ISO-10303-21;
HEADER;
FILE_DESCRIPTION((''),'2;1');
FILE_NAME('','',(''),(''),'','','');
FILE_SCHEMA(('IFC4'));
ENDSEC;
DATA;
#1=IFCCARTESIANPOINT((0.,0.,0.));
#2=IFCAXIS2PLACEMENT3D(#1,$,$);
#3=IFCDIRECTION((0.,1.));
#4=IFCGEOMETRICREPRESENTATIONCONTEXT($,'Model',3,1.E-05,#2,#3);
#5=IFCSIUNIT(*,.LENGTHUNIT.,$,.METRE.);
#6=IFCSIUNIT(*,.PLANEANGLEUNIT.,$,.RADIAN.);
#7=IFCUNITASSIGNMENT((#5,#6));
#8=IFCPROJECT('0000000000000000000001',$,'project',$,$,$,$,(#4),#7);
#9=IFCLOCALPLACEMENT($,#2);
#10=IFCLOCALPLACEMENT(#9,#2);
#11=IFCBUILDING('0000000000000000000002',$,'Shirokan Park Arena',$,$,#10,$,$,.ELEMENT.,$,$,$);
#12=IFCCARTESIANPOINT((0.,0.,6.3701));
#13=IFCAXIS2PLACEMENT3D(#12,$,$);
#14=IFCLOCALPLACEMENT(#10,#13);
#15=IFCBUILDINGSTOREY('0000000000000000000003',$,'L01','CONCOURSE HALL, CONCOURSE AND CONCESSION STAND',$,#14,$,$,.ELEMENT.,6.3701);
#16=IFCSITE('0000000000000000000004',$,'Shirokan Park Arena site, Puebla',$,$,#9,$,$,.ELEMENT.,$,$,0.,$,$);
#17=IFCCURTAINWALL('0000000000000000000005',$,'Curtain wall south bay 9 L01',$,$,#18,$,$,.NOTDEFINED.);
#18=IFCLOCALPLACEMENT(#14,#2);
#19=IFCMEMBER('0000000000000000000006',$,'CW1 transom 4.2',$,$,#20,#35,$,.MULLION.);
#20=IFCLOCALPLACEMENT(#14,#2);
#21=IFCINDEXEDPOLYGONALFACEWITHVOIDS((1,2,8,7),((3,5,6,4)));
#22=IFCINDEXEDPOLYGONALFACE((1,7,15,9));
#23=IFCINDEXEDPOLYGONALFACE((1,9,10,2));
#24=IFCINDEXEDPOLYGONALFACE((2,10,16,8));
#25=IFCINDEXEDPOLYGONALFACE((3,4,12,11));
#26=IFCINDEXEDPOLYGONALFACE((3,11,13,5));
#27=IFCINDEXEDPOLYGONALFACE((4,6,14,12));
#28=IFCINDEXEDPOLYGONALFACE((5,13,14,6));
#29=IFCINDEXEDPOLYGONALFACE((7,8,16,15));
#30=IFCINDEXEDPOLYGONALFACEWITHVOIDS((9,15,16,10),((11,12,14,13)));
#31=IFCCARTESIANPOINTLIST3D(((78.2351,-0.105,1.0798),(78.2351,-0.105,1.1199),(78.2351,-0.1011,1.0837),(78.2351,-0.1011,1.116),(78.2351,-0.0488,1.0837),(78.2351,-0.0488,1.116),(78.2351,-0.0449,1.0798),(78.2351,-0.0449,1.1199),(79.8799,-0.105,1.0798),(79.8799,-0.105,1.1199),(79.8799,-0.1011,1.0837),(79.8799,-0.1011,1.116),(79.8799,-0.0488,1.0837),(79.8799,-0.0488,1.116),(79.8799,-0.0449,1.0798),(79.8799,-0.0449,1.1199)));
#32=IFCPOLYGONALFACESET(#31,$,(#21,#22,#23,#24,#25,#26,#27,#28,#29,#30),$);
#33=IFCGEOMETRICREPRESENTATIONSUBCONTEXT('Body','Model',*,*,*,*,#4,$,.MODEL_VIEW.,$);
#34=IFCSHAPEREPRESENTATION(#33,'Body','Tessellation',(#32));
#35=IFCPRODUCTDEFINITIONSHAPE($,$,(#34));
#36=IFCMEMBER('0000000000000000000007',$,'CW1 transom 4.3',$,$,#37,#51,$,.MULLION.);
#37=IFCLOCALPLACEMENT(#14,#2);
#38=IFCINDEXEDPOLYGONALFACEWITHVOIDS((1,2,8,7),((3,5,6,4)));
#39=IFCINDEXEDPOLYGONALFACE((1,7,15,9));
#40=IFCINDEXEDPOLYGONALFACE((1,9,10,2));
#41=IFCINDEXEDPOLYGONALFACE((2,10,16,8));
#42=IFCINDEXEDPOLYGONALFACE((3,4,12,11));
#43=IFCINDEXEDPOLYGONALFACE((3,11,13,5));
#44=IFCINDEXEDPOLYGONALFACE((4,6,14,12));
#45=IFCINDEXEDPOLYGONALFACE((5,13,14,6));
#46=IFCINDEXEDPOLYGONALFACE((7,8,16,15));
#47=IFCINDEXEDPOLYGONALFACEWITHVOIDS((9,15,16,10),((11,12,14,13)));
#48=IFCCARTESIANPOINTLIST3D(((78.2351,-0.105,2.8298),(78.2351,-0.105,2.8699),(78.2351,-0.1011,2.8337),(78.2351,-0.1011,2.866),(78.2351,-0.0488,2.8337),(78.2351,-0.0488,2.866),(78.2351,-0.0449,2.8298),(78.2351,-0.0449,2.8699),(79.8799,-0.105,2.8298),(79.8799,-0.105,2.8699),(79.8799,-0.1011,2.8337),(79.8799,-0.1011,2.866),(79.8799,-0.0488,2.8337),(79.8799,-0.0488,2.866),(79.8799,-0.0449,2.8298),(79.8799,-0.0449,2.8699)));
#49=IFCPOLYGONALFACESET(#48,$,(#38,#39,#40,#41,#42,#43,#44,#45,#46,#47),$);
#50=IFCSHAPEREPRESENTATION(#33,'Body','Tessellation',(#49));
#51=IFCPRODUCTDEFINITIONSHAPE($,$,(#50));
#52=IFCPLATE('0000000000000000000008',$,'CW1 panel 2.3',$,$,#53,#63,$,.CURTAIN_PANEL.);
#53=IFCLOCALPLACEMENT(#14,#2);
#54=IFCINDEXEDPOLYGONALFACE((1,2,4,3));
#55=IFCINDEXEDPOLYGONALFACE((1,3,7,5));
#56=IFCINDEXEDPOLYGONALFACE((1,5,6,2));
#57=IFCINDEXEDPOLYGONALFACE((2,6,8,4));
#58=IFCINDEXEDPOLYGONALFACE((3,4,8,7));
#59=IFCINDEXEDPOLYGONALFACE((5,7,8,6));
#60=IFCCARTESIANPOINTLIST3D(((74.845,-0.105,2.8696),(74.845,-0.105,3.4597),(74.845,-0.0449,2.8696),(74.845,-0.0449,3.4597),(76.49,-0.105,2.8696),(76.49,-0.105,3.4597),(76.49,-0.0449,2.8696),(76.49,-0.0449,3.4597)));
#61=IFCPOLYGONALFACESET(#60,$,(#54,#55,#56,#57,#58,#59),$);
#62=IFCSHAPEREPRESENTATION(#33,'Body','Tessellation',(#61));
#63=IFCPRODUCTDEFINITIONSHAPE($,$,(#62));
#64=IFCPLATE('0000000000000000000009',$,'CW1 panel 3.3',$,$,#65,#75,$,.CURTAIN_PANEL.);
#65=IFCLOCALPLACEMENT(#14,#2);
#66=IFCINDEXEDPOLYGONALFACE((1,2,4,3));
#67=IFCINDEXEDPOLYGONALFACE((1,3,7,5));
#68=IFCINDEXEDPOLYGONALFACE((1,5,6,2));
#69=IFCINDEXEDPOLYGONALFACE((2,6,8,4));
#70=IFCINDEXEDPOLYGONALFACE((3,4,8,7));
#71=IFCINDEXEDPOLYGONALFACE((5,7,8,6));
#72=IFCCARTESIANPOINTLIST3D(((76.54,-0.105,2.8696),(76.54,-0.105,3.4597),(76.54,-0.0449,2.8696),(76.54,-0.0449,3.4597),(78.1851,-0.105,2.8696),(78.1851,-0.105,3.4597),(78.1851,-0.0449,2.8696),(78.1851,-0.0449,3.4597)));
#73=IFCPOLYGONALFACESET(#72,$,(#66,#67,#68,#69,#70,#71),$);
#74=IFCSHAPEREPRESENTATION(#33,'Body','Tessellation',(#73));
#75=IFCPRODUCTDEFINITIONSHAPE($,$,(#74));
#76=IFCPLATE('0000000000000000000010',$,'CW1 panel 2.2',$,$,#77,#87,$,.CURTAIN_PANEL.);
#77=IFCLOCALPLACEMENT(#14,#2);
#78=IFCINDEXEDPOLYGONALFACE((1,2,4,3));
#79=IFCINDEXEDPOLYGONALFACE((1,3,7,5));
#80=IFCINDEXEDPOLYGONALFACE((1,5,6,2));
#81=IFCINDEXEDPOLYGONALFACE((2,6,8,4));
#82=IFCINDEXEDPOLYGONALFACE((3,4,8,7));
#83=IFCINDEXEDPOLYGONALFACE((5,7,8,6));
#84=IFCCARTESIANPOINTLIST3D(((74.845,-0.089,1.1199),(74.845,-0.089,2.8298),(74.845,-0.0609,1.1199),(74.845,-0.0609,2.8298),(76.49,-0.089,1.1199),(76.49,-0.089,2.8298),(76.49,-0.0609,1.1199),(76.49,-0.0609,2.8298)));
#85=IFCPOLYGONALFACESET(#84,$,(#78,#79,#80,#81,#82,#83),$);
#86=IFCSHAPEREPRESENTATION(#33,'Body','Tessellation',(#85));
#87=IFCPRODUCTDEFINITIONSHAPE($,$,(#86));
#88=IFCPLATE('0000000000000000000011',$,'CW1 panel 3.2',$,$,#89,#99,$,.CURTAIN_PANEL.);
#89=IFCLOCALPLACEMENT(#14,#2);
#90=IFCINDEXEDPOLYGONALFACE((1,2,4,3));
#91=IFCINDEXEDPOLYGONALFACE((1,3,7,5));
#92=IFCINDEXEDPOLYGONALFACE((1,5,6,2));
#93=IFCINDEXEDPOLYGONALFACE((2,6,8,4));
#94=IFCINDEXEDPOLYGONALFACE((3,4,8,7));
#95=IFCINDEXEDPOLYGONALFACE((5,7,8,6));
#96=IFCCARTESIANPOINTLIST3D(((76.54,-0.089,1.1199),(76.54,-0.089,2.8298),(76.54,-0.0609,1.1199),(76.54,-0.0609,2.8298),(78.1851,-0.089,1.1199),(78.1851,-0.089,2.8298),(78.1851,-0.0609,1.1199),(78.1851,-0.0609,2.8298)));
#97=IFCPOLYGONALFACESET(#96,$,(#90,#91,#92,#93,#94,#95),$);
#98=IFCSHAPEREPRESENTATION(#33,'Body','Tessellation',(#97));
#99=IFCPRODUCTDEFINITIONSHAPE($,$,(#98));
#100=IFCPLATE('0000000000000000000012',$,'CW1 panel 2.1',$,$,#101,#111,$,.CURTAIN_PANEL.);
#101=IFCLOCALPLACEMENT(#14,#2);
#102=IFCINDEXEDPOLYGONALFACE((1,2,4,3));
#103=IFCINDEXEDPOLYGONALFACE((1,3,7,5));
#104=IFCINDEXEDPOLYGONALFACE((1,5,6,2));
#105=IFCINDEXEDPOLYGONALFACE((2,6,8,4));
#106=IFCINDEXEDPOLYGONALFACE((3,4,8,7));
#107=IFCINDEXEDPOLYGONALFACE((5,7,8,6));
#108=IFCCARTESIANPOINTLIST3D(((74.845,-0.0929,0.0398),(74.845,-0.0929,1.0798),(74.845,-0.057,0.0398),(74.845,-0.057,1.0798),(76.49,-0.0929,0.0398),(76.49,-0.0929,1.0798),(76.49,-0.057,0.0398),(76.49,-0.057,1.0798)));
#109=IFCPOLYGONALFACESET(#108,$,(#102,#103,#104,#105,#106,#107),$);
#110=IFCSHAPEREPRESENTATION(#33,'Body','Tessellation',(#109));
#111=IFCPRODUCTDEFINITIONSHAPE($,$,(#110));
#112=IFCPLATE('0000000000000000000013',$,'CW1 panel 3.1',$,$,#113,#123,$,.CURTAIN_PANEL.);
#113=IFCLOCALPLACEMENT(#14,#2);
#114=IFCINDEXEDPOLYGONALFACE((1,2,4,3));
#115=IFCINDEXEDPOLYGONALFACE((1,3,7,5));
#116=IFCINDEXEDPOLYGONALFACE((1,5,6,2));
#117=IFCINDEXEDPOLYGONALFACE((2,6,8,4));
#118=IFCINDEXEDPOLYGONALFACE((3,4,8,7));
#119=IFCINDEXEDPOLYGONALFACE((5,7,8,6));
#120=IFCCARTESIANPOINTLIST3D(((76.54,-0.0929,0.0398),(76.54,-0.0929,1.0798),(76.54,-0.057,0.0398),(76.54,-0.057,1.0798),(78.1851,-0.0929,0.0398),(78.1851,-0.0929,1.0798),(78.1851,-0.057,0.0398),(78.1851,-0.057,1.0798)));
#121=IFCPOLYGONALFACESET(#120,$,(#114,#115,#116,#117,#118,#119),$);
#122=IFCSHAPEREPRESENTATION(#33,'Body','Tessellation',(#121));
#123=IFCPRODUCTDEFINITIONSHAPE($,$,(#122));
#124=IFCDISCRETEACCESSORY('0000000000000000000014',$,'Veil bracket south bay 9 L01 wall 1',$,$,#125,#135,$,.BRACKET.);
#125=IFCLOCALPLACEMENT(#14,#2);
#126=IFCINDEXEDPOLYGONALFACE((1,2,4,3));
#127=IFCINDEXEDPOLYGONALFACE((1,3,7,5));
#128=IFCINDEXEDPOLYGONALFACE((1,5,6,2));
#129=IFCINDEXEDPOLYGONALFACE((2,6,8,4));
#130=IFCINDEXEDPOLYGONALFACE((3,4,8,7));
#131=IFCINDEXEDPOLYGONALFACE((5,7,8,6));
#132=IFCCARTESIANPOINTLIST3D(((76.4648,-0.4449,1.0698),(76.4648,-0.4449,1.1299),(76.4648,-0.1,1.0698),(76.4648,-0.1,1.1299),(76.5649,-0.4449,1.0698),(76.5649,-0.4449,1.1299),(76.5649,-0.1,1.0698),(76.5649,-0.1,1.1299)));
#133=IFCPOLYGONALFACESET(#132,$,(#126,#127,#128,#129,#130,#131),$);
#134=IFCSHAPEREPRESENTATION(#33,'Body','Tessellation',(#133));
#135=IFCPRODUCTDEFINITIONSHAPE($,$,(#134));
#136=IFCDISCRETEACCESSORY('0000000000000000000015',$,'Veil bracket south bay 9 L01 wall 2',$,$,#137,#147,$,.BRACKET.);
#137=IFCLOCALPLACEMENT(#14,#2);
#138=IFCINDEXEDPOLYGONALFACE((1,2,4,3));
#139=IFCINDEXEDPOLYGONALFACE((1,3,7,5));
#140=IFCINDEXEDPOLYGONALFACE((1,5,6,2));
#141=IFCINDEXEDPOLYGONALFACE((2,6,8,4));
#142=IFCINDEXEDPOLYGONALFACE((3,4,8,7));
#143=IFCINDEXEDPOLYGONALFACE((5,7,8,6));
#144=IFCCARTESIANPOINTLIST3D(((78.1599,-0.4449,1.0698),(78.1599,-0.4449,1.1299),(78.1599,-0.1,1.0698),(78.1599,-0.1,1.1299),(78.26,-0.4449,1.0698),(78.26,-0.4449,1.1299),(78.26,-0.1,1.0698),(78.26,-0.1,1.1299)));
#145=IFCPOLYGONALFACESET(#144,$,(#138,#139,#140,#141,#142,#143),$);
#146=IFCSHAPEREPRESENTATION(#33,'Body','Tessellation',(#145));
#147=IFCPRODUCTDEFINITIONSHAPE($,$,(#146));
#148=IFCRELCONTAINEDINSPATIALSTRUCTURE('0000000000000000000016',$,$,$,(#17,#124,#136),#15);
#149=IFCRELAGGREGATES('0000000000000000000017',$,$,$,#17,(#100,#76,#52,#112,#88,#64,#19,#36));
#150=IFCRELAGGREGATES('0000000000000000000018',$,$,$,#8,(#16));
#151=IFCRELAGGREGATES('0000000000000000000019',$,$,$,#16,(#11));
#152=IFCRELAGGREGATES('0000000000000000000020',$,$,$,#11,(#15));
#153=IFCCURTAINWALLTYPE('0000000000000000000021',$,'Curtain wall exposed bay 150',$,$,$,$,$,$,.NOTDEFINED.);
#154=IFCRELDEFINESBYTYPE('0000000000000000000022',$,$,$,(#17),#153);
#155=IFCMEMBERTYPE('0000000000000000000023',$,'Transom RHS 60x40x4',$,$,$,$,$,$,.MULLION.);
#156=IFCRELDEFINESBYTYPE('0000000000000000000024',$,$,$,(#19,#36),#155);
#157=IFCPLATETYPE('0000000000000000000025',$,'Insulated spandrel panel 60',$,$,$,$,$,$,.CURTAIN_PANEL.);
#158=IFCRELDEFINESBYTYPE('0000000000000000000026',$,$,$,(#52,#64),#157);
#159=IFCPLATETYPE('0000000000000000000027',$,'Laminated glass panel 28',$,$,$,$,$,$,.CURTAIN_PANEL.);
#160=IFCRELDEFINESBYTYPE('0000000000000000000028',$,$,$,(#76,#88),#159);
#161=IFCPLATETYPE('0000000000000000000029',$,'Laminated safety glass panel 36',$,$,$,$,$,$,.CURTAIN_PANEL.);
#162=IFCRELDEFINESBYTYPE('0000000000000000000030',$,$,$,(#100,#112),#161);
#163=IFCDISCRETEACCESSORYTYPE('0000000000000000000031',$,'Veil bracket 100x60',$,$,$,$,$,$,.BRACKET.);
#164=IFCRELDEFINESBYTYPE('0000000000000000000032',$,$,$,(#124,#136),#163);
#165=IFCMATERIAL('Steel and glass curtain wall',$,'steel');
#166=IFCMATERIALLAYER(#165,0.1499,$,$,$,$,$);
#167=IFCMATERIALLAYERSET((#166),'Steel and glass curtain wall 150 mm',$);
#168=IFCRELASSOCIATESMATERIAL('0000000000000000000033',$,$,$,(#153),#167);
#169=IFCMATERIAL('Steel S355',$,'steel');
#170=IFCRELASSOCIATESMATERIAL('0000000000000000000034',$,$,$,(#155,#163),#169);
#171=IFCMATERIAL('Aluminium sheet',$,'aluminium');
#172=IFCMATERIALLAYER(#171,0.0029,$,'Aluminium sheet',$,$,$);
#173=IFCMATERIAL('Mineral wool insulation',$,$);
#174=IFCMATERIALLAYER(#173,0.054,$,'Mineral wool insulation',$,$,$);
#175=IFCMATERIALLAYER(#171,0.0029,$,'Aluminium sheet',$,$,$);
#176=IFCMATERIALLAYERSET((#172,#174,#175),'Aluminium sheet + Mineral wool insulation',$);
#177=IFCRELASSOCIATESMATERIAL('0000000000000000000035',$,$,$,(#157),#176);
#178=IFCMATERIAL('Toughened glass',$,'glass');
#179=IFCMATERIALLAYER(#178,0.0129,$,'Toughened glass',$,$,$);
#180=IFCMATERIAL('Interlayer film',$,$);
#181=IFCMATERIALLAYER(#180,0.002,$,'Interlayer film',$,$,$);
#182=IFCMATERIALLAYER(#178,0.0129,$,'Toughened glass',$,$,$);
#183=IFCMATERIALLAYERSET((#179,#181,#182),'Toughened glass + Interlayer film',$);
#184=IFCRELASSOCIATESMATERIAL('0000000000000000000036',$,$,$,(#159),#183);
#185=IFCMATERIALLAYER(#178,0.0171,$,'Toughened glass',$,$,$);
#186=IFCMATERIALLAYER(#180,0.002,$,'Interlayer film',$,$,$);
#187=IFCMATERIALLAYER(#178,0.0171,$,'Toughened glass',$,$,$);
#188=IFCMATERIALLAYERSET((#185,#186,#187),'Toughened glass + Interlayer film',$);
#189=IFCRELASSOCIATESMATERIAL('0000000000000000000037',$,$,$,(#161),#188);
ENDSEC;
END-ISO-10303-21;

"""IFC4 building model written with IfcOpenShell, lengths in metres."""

from ifc_helpers import new_model, si_unit, direction, frame, origin, origin_2d, place, context, subcontext, project, spatial, rectangle, hollow_rectangle, extrude, material, layer, layer_set, material_profile, profile_set, type_object, element, aggregate, save


model = new_model("IFC4")

# Units and contexts
model_context = context("Model", 3, precision=1e-05, world=origin(), true_north=direction((0.0, 1.0)))
body_context = subcontext(model_context, "Body", "Model", "MODEL_VIEW")
ifc_project = project(units=[si_unit("LENGTHUNIT", "METRE"), si_unit("PLANEANGLEUNIT", "RADIAN")], contexts=[model_context])

# Site, building, storey
site_placement = place(None, origin())
site = spatial("IfcSite", under=ifc_project, at=site_placement, Name="Shirokan Park Arena site, Puebla", CompositionType="ELEMENT", RefElevation=0.0)
building_placement = place(site_placement, origin())
building = spatial("IfcBuilding", under=site, at=building_placement, Name="Shirokan Park Arena", CompositionType="ELEMENT")
storey_placement = place(building_placement, frame((0.0, 0.0, 6.3701)))
storey = spatial("IfcBuildingStorey", under=building, at=storey_placement, Name="L01", Description="CONCOURSE HALL, CONCOURSE AND CONCESSION STAND", CompositionType="ELEMENT", Elevation=6.3701)

# Curtain wall, members, plates
ifc_material_1 = material(Name="Steel and glass curtain wall", Category="steel")
ifc_layer_1 = layer(ifc_material_1, 0.1499)
ifc_layer_set_1 = layer_set([ifc_layer_1], Name="Steel and glass curtain wall 150 mm")
curtain_wall_type = type_object("IfcCurtainWallType", Name="Curtain wall exposed bay 150", PredefinedType="NOTDEFINED", material=ifc_layer_set_1)
curtain_wall_placement = place(storey_placement, origin())
curtain_wall = element("IfcCurtainWall", 1, at=curtain_wall_placement, inside=storey, type_object=curtain_wall_type, Name="Curtain wall south bay 9 L01", PredefinedType="NOTDEFINED")
ifc_material_2 = material(Name="Steel S355", Category="steel")
ifc_material_profile_1 = material_profile(ifc_material_2, hollow_rectangle(XDim=0.0601, YDim=0.04, WallThickness=0.0039, at=origin_2d()), Name="RHS 60x40x4")
ifc_profile_set_1 = profile_set([ifc_material_profile_1], Name="Steel S355")
member_type_1 = type_object("IfcMemberType", Name="Transom RHS 60x40x4", PredefinedType="MULLION", material=ifc_profile_set_1)
member_1_placement = place(storey_placement, frame((78.2351, -0.075, 1.0999), z_axis=(1.0, 0.0, 0.0), x_axis=(0.0, 1.0, 0.0)))
member_1 = element("IfcMember", 2, at=member_1_placement, type_object=member_type_1, Name="CW1 transom 4.2", PredefinedType="MULLION", context=body_context, shape_type="SweptSolid", body=[
    extrude(hollow_rectangle(XDim=0.0601, YDim=0.04, WallThickness=0.0039, at=origin_2d()), origin(), (0.0, 0.0, 1.0), 1.6448),
])
member_2_placement = place(storey_placement, frame((78.2351, -0.075, 2.8499), z_axis=(1.0, 0.0, 0.0), x_axis=(0.0, 1.0, 0.0)))
member_2 = element("IfcMember", 3, at=member_2_placement, type_object=member_type_1, Name="CW1 transom 4.3", PredefinedType="MULLION", context=body_context, shape_type="SweptSolid", body=[
    extrude(hollow_rectangle(XDim=0.0601, YDim=0.04, WallThickness=0.0039, at=origin_2d()), origin(), (0.0, 0.0, 1.0), 1.6448),
])
ifc_material_3 = material(Name="Aluminium sheet", Category="aluminium")
ifc_layer_2 = layer(ifc_material_3, 0.0029, Name="Aluminium sheet")
ifc_material_4 = material(Name="Mineral wool insulation")
ifc_layer_3 = layer(ifc_material_4, 0.054, Name="Mineral wool insulation")
ifc_layer_4 = layer(ifc_material_3, 0.0029, Name="Aluminium sheet")
ifc_layer_set_2 = layer_set([ifc_layer_2, ifc_layer_3, ifc_layer_4], Name="Aluminium sheet + Mineral wool insulation")
plate_type_1 = type_object("IfcPlateType", Name="Insulated spandrel panel 60", PredefinedType="CURTAIN_PANEL", material=ifc_layer_set_2)
plate_1_placement = place(storey_placement, frame((75.6675, -0.075, 2.8696), z_axis=(0.0, 0.0, 1.0), x_axis=(1.0, 0.0, 0.0)))
plate_1 = element("IfcPlate", 4, at=plate_1_placement, type_object=plate_type_1, Name="CW1 panel 2.3", PredefinedType="CURTAIN_PANEL", context=body_context, shape_type="SweptSolid", body=[
    extrude(rectangle(XDim=1.645, YDim=0.0601, at=origin_2d()), origin(), (0.0, 0.0, 1.0), 0.5901),
])
plate_2_placement = place(storey_placement, frame((77.3625, -0.075, 2.8696), z_axis=(0.0, 0.0, 1.0), x_axis=(1.0, 0.0, 0.0)))
plate_2 = element("IfcPlate", 5, at=plate_2_placement, type_object=plate_type_1, Name="CW1 panel 3.3", PredefinedType="CURTAIN_PANEL", context=body_context, shape_type="SweptSolid", body=[
    extrude(rectangle(XDim=1.645, YDim=0.0601, at=origin_2d()), origin(), (0.0, 0.0, 1.0), 0.5901),
])
ifc_material_5 = material(Name="Toughened glass", Category="glass")
ifc_layer_5 = layer(ifc_material_5, 0.0129, Name="Toughened glass")
ifc_material_6 = material(Name="Interlayer film")
ifc_layer_6 = layer(ifc_material_6, 0.002, Name="Interlayer film")
ifc_layer_7 = layer(ifc_material_5, 0.0129, Name="Toughened glass")
ifc_layer_set_3 = layer_set([ifc_layer_5, ifc_layer_6, ifc_layer_7], Name="Toughened glass + Interlayer film")
plate_type_2 = type_object("IfcPlateType", Name="Laminated glass panel 28", PredefinedType="CURTAIN_PANEL", material=ifc_layer_set_3)
plate_3_placement = place(storey_placement, frame((75.6675, -0.075, 1.1199), z_axis=(0.0, 0.0, 1.0), x_axis=(1.0, 0.0, 0.0)))
plate_3 = element("IfcPlate", 6, at=plate_3_placement, type_object=plate_type_2, Name="CW1 panel 2.2", PredefinedType="CURTAIN_PANEL", context=body_context, shape_type="SweptSolid", body=[
    extrude(rectangle(XDim=1.645, YDim=0.0281, at=origin_2d()), origin(), (0.0, 0.0, 1.0), 1.71),
])
plate_4_placement = place(storey_placement, frame((77.3625, -0.075, 1.1199), z_axis=(0.0, 0.0, 1.0), x_axis=(1.0, 0.0, 0.0)))
plate_4 = element("IfcPlate", 7, at=plate_4_placement, type_object=plate_type_2, Name="CW1 panel 3.2", PredefinedType="CURTAIN_PANEL", context=body_context, shape_type="SweptSolid", body=[
    extrude(rectangle(XDim=1.645, YDim=0.0281, at=origin_2d()), origin(), (0.0, 0.0, 1.0), 1.71),
])
ifc_layer_8 = layer(ifc_material_5, 0.0171, Name="Toughened glass")
ifc_layer_9 = layer(ifc_material_6, 0.002, Name="Interlayer film")
ifc_layer_10 = layer(ifc_material_5, 0.0171, Name="Toughened glass")
ifc_layer_set_4 = layer_set([ifc_layer_8, ifc_layer_9, ifc_layer_10], Name="Toughened glass + Interlayer film")
plate_type_3 = type_object("IfcPlateType", Name="Laminated safety glass panel 36", PredefinedType="CURTAIN_PANEL", material=ifc_layer_set_4)
plate_5_placement = place(storey_placement, frame((75.6675, -0.075, 0.0398), z_axis=(0.0, 0.0, 1.0), x_axis=(1.0, 0.0, 0.0)))
plate_5 = element("IfcPlate", 8, at=plate_5_placement, type_object=plate_type_3, Name="CW1 panel 2.1", PredefinedType="CURTAIN_PANEL", context=body_context, shape_type="SweptSolid", body=[
    extrude(rectangle(XDim=1.645, YDim=0.0359, at=origin_2d()), origin(), (0.0, 0.0, 1.0), 1.04),
])
plate_6_placement = place(storey_placement, frame((77.3625, -0.075, 0.0398), z_axis=(0.0, 0.0, 1.0), x_axis=(1.0, 0.0, 0.0)))
plate_6 = element("IfcPlate", 9, at=plate_6_placement, type_object=plate_type_3, Name="CW1 panel 3.1", PredefinedType="CURTAIN_PANEL", context=body_context, shape_type="SweptSolid", body=[
    extrude(rectangle(XDim=1.645, YDim=0.0359, at=origin_2d()), origin(), (0.0, 0.0, 1.0), 1.04),
])
aggregate(curtain_wall, [plate_5, plate_3, plate_1, plate_6, plate_4, plate_2, member_1, member_2])

# Discrete accessories
discrete_accessory_type = type_object("IfcDiscreteAccessoryType", Name="Veil bracket 100x60", PredefinedType="BRACKET", material=ifc_material_2)
for number, where, z_axis, x_axis, name in (
    (10, (76.5149, -0.2725, 1.0698), (0.0, 0.0, 1.0), (1.0, 0.0, 0.0), "Veil bracket south bay 9 L01 wall 1"),
    (11, (78.21, -0.2725, 1.0698), (0.0, 0.0, 1.0), (1.0, 0.0, 0.0), "Veil bracket south bay 9 L01 wall 2"),
):
    element("IfcDiscreteAccessory", number, at=place(storey_placement, frame(where, z_axis=z_axis, x_axis=x_axis)), inside=storey, type_object=discrete_accessory_type, Name=name, PredefinedType="BRACKET", context=body_context, shape_type="SweptSolid", body=[
        extrude(rectangle(XDim=0.1001, YDim=0.345, at=origin_2d()), origin(), (0.0, 0.0, 1.0), 0.0601),
    ])

save(model, "model.ifc")
